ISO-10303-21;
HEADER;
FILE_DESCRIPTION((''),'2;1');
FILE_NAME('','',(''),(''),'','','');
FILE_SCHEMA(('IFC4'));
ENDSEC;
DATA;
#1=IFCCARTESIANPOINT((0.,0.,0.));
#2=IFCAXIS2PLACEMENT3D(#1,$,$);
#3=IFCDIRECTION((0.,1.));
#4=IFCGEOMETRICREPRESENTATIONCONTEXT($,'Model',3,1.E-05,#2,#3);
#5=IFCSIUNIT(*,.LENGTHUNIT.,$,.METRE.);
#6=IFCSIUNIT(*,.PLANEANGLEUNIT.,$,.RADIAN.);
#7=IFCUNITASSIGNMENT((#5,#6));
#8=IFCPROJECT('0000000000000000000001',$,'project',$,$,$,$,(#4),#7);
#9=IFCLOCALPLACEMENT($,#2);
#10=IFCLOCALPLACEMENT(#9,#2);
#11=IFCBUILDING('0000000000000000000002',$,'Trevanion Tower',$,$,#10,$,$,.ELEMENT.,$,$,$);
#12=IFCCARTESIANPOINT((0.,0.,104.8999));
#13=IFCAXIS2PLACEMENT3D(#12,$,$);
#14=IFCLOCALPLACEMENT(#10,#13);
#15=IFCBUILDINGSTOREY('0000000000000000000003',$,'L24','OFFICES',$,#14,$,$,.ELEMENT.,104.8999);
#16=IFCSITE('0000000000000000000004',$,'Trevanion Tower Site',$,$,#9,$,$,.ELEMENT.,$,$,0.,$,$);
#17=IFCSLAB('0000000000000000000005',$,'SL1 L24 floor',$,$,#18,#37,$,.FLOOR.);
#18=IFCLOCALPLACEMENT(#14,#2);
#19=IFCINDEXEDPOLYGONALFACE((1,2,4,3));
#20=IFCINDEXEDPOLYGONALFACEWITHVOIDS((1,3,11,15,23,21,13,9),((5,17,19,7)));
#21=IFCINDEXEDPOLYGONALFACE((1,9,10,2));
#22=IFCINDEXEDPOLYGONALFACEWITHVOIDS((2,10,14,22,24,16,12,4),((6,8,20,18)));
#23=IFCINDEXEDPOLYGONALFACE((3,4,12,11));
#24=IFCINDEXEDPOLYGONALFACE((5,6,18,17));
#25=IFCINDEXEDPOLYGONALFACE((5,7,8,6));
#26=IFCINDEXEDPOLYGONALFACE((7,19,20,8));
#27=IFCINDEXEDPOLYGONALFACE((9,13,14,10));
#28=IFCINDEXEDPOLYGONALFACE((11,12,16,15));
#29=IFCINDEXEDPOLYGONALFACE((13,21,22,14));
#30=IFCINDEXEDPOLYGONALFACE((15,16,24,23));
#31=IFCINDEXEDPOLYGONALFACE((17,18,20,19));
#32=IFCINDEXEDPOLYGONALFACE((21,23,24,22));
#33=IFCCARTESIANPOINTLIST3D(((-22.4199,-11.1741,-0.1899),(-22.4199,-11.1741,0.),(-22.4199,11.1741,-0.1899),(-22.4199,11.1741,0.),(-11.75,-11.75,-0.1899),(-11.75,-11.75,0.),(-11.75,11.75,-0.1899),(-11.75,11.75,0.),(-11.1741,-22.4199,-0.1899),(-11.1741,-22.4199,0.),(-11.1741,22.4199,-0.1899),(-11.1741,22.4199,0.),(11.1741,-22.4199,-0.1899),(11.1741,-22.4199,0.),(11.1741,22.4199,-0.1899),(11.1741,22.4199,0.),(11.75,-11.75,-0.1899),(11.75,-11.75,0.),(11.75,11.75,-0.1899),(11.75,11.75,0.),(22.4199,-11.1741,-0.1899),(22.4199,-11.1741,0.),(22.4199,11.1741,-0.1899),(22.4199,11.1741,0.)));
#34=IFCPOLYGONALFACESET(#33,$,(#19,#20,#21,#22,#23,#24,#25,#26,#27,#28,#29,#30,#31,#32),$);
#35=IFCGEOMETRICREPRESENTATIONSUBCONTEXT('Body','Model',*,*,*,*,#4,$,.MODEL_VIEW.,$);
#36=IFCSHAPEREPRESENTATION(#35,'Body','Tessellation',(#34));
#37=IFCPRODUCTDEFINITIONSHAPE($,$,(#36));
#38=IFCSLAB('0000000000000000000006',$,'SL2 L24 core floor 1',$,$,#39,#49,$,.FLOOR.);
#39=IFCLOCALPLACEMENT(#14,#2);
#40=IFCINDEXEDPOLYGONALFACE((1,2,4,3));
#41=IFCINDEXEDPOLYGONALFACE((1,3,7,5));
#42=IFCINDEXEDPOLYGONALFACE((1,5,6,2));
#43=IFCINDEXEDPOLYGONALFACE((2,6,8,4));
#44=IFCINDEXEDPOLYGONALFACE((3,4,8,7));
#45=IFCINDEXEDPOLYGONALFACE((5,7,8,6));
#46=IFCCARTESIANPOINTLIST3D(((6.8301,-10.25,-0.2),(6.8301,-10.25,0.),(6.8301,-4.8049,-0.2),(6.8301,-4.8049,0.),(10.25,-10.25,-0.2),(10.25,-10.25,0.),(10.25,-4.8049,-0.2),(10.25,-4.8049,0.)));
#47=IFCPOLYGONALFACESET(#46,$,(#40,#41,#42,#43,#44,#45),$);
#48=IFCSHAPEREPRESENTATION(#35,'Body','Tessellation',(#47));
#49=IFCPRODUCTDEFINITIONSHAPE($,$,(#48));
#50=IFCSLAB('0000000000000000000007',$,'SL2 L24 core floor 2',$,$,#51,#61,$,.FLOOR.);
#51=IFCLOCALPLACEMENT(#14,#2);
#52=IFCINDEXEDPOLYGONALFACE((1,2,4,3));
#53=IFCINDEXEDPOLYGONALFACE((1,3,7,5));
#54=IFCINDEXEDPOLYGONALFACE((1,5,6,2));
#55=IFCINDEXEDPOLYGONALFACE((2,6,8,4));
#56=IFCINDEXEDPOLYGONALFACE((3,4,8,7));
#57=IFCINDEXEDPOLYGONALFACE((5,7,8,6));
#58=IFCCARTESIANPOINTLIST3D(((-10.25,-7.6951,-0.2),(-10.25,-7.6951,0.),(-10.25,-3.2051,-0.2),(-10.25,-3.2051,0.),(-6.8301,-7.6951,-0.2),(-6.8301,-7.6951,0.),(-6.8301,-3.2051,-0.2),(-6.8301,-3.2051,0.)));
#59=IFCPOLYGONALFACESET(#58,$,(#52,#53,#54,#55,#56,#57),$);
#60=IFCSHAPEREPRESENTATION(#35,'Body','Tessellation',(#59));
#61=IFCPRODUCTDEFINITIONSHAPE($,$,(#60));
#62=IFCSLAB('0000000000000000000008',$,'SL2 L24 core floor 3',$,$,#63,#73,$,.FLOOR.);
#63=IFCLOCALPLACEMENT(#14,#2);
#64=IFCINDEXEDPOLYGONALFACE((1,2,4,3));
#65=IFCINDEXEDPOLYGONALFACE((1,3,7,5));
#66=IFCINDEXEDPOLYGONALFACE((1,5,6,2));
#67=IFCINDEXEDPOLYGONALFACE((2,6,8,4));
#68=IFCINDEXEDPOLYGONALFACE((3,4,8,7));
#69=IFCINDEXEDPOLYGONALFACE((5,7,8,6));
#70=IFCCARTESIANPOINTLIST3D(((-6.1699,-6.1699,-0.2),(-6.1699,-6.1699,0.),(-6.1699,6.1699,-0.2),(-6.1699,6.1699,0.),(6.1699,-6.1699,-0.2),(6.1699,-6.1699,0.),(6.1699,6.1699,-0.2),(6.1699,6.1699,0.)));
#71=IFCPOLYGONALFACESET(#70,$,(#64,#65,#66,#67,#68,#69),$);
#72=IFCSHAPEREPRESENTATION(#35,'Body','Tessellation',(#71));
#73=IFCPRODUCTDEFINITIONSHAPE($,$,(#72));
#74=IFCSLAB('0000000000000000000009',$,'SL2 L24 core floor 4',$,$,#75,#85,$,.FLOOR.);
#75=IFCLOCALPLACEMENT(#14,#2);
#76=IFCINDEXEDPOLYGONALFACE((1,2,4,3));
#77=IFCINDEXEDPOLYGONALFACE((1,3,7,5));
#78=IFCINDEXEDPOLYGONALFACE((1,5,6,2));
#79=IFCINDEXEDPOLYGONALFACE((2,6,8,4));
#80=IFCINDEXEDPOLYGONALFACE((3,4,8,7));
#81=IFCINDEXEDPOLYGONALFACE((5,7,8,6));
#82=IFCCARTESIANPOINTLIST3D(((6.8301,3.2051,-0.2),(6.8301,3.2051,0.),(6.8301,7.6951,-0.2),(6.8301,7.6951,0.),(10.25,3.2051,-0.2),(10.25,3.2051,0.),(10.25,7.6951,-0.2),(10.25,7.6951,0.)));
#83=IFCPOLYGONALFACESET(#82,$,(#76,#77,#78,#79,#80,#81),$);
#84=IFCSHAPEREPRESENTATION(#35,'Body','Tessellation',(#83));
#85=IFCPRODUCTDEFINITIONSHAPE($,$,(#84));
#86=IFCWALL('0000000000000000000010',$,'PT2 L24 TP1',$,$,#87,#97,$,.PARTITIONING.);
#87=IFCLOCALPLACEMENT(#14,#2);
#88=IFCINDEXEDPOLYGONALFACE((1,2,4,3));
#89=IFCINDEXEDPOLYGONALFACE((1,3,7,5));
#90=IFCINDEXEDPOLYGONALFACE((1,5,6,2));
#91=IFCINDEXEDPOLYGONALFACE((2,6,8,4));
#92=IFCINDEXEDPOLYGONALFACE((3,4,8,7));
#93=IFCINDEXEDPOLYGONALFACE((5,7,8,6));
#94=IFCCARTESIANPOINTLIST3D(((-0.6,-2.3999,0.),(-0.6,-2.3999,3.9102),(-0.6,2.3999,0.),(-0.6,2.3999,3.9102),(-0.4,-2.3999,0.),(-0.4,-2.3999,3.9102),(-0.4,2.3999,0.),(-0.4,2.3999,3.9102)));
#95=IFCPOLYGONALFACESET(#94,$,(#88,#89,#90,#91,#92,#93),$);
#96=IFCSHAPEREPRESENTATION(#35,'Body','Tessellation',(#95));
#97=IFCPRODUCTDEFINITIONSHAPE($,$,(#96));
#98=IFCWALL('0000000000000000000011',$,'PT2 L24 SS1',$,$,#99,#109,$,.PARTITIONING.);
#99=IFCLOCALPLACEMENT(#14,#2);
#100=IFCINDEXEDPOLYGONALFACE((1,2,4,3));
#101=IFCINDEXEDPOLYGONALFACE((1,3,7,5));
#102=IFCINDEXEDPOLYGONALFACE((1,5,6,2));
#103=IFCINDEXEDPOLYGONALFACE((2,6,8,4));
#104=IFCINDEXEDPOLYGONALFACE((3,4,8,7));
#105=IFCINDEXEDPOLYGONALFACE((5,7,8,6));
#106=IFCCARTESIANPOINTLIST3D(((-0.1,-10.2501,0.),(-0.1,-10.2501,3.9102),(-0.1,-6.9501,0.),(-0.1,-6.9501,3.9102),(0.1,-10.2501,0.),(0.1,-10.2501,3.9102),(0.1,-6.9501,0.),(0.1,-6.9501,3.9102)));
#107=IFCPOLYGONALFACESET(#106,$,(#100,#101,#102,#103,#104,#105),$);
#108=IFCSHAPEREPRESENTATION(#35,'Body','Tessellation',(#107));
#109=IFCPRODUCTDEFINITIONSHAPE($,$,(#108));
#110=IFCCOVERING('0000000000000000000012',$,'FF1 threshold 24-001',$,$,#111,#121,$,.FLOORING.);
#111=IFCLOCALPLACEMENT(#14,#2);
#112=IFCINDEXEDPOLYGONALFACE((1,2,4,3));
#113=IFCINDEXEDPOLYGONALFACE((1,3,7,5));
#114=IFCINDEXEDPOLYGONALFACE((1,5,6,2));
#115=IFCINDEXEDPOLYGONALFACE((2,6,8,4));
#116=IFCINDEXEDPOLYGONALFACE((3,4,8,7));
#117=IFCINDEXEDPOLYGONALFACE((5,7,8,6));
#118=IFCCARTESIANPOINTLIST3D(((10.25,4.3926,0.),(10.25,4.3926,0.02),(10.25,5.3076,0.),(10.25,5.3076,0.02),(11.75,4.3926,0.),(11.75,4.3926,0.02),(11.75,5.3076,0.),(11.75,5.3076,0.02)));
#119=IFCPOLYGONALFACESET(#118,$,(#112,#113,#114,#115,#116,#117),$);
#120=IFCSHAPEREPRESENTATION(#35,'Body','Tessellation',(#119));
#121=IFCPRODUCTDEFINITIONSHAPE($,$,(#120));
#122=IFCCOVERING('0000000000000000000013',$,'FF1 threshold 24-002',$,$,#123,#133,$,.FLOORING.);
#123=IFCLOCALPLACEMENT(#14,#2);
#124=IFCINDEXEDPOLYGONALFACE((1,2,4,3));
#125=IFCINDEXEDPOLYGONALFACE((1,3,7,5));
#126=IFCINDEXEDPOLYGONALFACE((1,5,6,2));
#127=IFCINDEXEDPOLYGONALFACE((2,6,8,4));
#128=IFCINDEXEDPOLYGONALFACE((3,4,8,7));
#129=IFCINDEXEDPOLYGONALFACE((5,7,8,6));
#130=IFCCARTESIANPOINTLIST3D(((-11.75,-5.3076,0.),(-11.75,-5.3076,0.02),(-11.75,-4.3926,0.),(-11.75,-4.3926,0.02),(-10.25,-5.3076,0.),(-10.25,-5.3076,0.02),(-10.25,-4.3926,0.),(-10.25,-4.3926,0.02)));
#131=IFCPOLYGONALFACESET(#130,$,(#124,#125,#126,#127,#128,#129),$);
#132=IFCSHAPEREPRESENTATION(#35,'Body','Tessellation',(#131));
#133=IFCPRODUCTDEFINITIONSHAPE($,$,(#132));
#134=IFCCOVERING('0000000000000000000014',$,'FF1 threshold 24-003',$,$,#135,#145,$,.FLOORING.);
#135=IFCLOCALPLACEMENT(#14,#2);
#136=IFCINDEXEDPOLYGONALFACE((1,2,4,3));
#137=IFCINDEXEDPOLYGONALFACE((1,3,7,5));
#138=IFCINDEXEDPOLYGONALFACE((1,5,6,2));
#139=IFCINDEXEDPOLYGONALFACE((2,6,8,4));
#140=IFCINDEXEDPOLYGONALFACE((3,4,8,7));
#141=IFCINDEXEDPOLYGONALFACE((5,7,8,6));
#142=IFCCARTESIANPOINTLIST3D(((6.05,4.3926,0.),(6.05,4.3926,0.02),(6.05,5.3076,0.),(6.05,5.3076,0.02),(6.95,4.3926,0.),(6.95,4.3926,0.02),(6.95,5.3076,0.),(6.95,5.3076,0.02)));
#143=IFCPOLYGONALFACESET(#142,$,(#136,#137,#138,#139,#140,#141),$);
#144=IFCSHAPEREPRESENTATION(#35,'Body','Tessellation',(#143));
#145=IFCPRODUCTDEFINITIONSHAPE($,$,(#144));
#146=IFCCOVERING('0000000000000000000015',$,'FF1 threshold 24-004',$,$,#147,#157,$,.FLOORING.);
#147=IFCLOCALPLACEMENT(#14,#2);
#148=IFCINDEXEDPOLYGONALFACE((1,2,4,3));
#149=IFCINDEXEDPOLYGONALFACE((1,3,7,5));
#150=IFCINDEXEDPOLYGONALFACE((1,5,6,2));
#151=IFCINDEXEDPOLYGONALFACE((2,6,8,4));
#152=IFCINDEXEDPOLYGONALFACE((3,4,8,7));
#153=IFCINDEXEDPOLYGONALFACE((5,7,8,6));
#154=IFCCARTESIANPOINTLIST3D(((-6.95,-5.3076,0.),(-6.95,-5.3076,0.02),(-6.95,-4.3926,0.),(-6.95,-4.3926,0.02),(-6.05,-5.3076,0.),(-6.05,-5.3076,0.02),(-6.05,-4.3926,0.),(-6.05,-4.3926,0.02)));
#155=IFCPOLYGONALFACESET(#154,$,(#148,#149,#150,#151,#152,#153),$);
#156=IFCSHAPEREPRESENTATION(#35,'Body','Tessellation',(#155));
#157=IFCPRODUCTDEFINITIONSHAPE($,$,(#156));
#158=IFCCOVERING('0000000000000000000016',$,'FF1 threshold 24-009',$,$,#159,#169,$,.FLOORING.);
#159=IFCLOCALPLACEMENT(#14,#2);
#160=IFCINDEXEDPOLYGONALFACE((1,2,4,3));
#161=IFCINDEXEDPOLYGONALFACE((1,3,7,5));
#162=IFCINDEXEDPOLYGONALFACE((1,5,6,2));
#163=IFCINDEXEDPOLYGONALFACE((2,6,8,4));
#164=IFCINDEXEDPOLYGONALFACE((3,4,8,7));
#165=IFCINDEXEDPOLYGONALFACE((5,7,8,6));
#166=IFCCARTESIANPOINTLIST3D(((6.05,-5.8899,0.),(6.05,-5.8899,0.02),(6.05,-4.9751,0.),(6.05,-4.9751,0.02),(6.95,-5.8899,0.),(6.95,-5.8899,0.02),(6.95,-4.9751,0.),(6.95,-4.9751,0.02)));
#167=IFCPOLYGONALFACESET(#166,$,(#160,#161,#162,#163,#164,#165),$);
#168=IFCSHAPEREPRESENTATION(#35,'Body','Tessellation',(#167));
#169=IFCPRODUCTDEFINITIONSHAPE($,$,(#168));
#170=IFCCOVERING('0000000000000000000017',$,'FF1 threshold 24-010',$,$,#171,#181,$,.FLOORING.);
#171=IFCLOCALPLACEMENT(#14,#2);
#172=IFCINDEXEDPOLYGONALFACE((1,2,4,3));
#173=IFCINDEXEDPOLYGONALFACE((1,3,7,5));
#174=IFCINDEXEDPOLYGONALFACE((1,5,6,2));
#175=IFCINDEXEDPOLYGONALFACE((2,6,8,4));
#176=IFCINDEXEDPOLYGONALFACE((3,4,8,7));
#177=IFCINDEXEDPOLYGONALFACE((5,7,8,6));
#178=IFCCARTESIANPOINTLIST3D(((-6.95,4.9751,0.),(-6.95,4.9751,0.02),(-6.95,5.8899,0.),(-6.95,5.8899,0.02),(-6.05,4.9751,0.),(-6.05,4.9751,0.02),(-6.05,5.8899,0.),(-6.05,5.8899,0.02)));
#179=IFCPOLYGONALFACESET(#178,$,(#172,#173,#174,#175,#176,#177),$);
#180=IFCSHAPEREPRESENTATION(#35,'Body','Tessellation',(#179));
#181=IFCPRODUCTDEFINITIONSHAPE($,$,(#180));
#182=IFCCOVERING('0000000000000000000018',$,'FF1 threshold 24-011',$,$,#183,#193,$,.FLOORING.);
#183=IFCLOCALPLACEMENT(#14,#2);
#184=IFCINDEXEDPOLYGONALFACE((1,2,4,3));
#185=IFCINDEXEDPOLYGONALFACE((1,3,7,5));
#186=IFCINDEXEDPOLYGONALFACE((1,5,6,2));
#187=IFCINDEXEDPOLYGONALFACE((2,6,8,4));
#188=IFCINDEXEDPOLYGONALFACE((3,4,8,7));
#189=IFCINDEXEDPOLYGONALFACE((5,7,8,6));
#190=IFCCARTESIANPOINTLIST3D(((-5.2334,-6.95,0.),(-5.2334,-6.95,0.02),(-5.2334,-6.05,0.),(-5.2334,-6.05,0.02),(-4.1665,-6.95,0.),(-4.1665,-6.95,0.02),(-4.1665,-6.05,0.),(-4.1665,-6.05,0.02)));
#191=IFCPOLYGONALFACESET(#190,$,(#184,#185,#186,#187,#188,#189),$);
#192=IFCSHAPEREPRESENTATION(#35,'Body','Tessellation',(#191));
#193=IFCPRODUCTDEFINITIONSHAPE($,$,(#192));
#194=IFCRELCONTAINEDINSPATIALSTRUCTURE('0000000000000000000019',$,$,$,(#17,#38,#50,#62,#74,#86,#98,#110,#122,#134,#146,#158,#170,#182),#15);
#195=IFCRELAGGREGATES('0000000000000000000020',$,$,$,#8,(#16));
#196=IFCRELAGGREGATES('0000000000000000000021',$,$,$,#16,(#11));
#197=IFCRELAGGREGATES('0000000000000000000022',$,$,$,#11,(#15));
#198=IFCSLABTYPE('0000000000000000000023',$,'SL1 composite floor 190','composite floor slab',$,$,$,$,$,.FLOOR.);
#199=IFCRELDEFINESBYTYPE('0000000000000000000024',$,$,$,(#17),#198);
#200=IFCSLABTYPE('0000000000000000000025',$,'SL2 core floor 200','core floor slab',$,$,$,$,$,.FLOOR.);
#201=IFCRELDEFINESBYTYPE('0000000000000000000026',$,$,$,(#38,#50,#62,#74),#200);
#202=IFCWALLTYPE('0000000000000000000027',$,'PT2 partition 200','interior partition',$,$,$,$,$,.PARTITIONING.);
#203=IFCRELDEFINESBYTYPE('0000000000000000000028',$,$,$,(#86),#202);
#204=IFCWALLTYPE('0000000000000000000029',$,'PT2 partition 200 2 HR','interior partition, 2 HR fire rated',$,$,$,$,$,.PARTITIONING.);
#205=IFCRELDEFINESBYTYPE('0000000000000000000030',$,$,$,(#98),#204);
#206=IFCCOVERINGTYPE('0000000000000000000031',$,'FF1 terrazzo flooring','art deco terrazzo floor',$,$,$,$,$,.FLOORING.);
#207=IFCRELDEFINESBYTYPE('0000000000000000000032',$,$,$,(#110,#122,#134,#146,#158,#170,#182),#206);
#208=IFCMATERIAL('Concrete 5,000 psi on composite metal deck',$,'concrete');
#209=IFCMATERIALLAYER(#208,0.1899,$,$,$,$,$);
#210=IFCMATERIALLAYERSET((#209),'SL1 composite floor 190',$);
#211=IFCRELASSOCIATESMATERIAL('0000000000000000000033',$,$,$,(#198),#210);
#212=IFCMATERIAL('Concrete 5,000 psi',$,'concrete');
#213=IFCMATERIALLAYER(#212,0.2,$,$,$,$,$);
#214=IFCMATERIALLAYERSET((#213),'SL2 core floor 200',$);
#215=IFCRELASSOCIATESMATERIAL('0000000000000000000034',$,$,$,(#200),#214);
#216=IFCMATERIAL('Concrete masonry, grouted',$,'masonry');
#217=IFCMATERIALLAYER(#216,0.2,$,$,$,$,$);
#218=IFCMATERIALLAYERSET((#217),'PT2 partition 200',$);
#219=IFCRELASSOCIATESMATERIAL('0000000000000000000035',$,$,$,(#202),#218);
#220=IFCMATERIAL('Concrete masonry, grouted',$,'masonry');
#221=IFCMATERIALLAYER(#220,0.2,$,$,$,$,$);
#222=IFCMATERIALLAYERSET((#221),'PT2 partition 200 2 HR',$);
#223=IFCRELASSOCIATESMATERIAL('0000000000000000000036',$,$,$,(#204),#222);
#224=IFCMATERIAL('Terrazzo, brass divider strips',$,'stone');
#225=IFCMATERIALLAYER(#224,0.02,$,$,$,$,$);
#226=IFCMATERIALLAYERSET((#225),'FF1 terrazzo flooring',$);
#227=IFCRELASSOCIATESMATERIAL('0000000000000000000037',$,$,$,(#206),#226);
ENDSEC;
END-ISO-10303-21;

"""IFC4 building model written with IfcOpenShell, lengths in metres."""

from ifc_helpers import new_model, si_unit, direction, frame, frame_2d, origin, place, context, subcontext, project, spatial, polyline, rectangle, outline, extrude, material, layer, layer_set, type_object, element, save


model = new_model("IFC4")

# Units and contexts
model_context = context("Model", 3, precision=1e-05, world=origin(), true_north=direction((0.0, 1.0)))
body_context = subcontext(model_context, "Body", "Model", "MODEL_VIEW")
ifc_project = project(units=[si_unit("LENGTHUNIT", "METRE"), si_unit("PLANEANGLEUNIT", "RADIAN")], contexts=[model_context])

# Site, building, storey
site_placement = place(None, origin())
site = spatial("IfcSite", under=ifc_project, at=site_placement, Name="Trevanion Tower Site", CompositionType="ELEMENT", RefElevation=0.0)
building_placement = place(site_placement, origin())
building = spatial("IfcBuilding", under=site, at=building_placement, Name="Trevanion Tower", CompositionType="ELEMENT")
storey_placement = place(building_placement, frame((0.0, 0.0, 104.8999)))
storey = spatial("IfcBuildingStorey", under=building, at=storey_placement, Name="L24", Description="OFFICES", CompositionType="ELEMENT", Elevation=104.8999)

# Slabs
ifc_material_1 = material(Name="Concrete 5,000 psi on composite metal deck", Category="concrete")
ifc_layer_1 = layer(ifc_material_1, 0.1899)
ifc_layer_set_1 = layer_set([ifc_layer_1], Name="SL1 composite floor 190")
slab_type_1 = type_object("IfcSlabType", Name="SL1 composite floor 190", Description="composite floor slab", PredefinedType="FLOOR", material=ifc_layer_set_1)
slab_1_placement = place(storey_placement, frame((0.0, 0.0, -0.1899)))
element("IfcSlab", 1, at=slab_1_placement, inside=storey, type_object=slab_type_1, Name="SL1 L24 floor", PredefinedType="FLOOR", context=body_context, shape_type="SweptSolid", body=[
    extrude(outline(polyline([(22.4199, -11.1741), (22.4199, 11.1741), (11.1741, 22.4199), (-11.1741, 22.4199), (-22.4199, 11.1741), (-22.4199, -11.1741), (-11.1741, -22.4199), (11.1741, -22.4199), (22.4199, -11.1741)]), holes=[polyline([(11.75, -11.75), (11.75, 11.75), (-11.75, 11.75), (-11.75, -11.75), (11.75, -11.75)])]), origin(), (0.0, 0.0, 1.0), 0.1899),
])
ifc_material_2 = material(Name="Concrete 5,000 psi", Category="concrete")
ifc_layer_2 = layer(ifc_material_2, 0.2)
ifc_layer_set_2 = layer_set([ifc_layer_2], Name="SL2 core floor 200")
slab_type_2 = type_object("IfcSlabType", Name="SL2 core floor 200", Description="core floor slab", PredefinedType="FLOOR", material=ifc_layer_set_2)
slab_2_placement = place(storey_placement, frame((0.0, 0.0, -0.2)))
element("IfcSlab", 2, at=slab_2_placement, inside=storey, type_object=slab_type_2, Name="SL2 L24 core floor 1", PredefinedType="FLOOR", context=body_context, shape_type="SweptSolid", body=[
    extrude(outline(polyline([(10.25, -4.8049), (10.25, -10.25), (6.8301, -10.25), (6.8301, -4.8049), (10.25, -4.8049)])), origin(), (0.0, 0.0, 1.0), 0.2),
])
slab_3_placement = place(storey_placement, frame((0.0, 0.0, -0.2)))
element("IfcSlab", 3, at=slab_3_placement, inside=storey, type_object=slab_type_2, Name="SL2 L24 core floor 2", PredefinedType="FLOOR", context=body_context, shape_type="SweptSolid", body=[
    extrude(outline(polyline([(-6.8301, -3.2051), (-6.8301, -7.6951), (-10.25, -7.6951), (-10.25, -3.2051), (-6.8301, -3.2051)])), origin(), (0.0, 0.0, 1.0), 0.2),
])
slab_4_placement = place(storey_placement, frame((0.0, 0.0, -0.2)))
element("IfcSlab", 4, at=slab_4_placement, inside=storey, type_object=slab_type_2, Name="SL2 L24 core floor 3", PredefinedType="FLOOR", context=body_context, shape_type="SweptSolid", body=[
    extrude(outline(polyline([(6.1699, -6.1699), (-6.1699, -6.1699), (-6.1699, 6.1699), (6.1699, 6.1699), (6.1699, -6.1699)])), origin(), (0.0, 0.0, 1.0), 0.2),
])
slab_5_placement = place(storey_placement, frame((0.0, 0.0, -0.2)))
element("IfcSlab", 5, at=slab_5_placement, inside=storey, type_object=slab_type_2, Name="SL2 L24 core floor 4", PredefinedType="FLOOR", context=body_context, shape_type="SweptSolid", body=[
    extrude(outline(polyline([(6.8301, 3.2051), (6.8301, 7.6951), (10.25, 7.6951), (10.25, 3.2051), (6.8301, 3.2051)])), origin(), (0.0, 0.0, 1.0), 0.2),
])

# Walls
ifc_material_3 = material(Name="Concrete masonry, grouted", Category="masonry")
ifc_layer_3 = layer(ifc_material_3, 0.2)
ifc_layer_set_3 = layer_set([ifc_layer_3], Name="PT2 partition 200")
wall_type_1 = type_object("IfcWallType", Name="PT2 partition 200", Description="interior partition", PredefinedType="PARTITIONING", material=ifc_layer_set_3)
wall_1_placement = place(storey_placement, frame((-0.5, -2.3999, 0.0), z_axis=(0.0, 0.0, 1.0), x_axis=(0.0, 1.0, 0.0)))
element("IfcWall", 6, at=wall_1_placement, inside=storey, type_object=wall_type_1, Name="PT2 L24 TP1", PredefinedType="PARTITIONING", context=body_context, shape_type="SweptSolid", body=[
    extrude(rectangle(XDim=4.7998, YDim=0.2, at=frame_2d((2.3999, 0.0))), origin(), (0.0, 0.0, 1.0), 3.9102),
])
ifc_material_4 = material(Name="Concrete masonry, grouted", Category="masonry")
ifc_layer_4 = layer(ifc_material_4, 0.2)
ifc_layer_set_4 = layer_set([ifc_layer_4], Name="PT2 partition 200 2 HR")
wall_type_2 = type_object("IfcWallType", Name="PT2 partition 200 2 HR", Description="interior partition, 2 HR fire rated", PredefinedType="PARTITIONING", material=ifc_layer_set_4)
wall_2_placement = place(storey_placement, frame((0.0, -10.25, 0.0), z_axis=(0.0, 0.0, 1.0), x_axis=(0.0, 1.0, 0.0)))
element("IfcWall", 7, at=wall_2_placement, inside=storey, type_object=wall_type_2, Name="PT2 L24 SS1", PredefinedType="PARTITIONING", context=body_context, shape_type="SweptSolid", body=[
    extrude(rectangle(XDim=3.3, YDim=0.2, at=frame_2d((1.6499, 0.0))), origin(), (0.0, 0.0, 1.0), 3.9102),
])

# Coverings
ifc_material_5 = material(Name="Terrazzo, brass divider strips", Category="stone")
ifc_layer_5 = layer(ifc_material_5, 0.02)
ifc_layer_set_5 = layer_set([ifc_layer_5], Name="FF1 terrazzo flooring")
covering_type = type_object("IfcCoveringType", Name="FF1 terrazzo flooring", Description="art deco terrazzo floor", PredefinedType="FLOORING", material=ifc_layer_set_5)
covering_1_placement = place(storey_placement, origin())
element("IfcCovering", 8, at=covering_1_placement, inside=storey, type_object=covering_type, Name="FF1 threshold 24-001", PredefinedType="FLOORING", context=body_context, shape_type="SweptSolid", body=[
    extrude(outline(polyline([(11.75, 4.3926), (11.75, 5.3076), (10.25, 5.3076), (10.25, 4.3926), (11.75, 4.3926)])), origin(), (0.0, 0.0, 1.0), 0.02),
])
covering_2_placement = place(storey_placement, origin())
element("IfcCovering", 9, at=covering_2_placement, inside=storey, type_object=covering_type, Name="FF1 threshold 24-002", PredefinedType="FLOORING", context=body_context, shape_type="SweptSolid", body=[
    extrude(outline(polyline([(-11.75, -4.3926), (-11.75, -5.3076), (-10.25, -5.3076), (-10.25, -4.3926), (-11.75, -4.3926)])), origin(), (0.0, 0.0, 1.0), 0.02),
])
covering_3_placement = place(storey_placement, origin())
element("IfcCovering", 10, at=covering_3_placement, inside=storey, type_object=covering_type, Name="FF1 threshold 24-003", PredefinedType="FLOORING", context=body_context, shape_type="SweptSolid", body=[
    extrude(outline(polyline([(6.95, 4.3926), (6.95, 5.3076), (6.05, 5.3076), (6.05, 4.3926), (6.95, 4.3926)])), origin(), (0.0, 0.0, 1.0), 0.02),
])
covering_4_placement = place(storey_placement, origin())
element("IfcCovering", 11, at=covering_4_placement, inside=storey, type_object=covering_type, Name="FF1 threshold 24-004", PredefinedType="FLOORING", context=body_context, shape_type="SweptSolid", body=[
    extrude(outline(polyline([(-6.95, -4.3926), (-6.95, -5.3076), (-6.05, -5.3076), (-6.05, -4.3926), (-6.95, -4.3926)])), origin(), (0.0, 0.0, 1.0), 0.02),
])
covering_5_placement = place(storey_placement, origin())
element("IfcCovering", 12, at=covering_5_placement, inside=storey, type_object=covering_type, Name="FF1 threshold 24-009", PredefinedType="FLOORING", context=body_context, shape_type="SweptSolid", body=[
    extrude(outline(polyline([(6.95, -5.8899), (6.95, -4.9751), (6.05, -4.9751), (6.05, -5.8899), (6.95, -5.8899)])), origin(), (0.0, 0.0, 1.0), 0.02),
])
covering_6_placement = place(storey_placement, origin())
element("IfcCovering", 13, at=covering_6_placement, inside=storey, type_object=covering_type, Name="FF1 threshold 24-010", PredefinedType="FLOORING", context=body_context, shape_type="SweptSolid", body=[
    extrude(outline(polyline([(-6.95, 5.8899), (-6.95, 4.9751), (-6.05, 4.9751), (-6.05, 5.8899), (-6.95, 5.8899)])), origin(), (0.0, 0.0, 1.0), 0.02),
])
covering_7_placement = place(storey_placement, origin())
element("IfcCovering", 14, at=covering_7_placement, inside=storey, type_object=covering_type, Name="FF1 threshold 24-011", PredefinedType="FLOORING", context=body_context, shape_type="SweptSolid", body=[
    extrude(outline(polyline([(-5.2334, -6.95), (-4.1665, -6.95), (-4.1665, -6.05), (-5.2334, -6.05), (-5.2334, -6.95)])), origin(), (0.0, 0.0, 1.0), 0.02),
])

save(model, "model.ifc")
